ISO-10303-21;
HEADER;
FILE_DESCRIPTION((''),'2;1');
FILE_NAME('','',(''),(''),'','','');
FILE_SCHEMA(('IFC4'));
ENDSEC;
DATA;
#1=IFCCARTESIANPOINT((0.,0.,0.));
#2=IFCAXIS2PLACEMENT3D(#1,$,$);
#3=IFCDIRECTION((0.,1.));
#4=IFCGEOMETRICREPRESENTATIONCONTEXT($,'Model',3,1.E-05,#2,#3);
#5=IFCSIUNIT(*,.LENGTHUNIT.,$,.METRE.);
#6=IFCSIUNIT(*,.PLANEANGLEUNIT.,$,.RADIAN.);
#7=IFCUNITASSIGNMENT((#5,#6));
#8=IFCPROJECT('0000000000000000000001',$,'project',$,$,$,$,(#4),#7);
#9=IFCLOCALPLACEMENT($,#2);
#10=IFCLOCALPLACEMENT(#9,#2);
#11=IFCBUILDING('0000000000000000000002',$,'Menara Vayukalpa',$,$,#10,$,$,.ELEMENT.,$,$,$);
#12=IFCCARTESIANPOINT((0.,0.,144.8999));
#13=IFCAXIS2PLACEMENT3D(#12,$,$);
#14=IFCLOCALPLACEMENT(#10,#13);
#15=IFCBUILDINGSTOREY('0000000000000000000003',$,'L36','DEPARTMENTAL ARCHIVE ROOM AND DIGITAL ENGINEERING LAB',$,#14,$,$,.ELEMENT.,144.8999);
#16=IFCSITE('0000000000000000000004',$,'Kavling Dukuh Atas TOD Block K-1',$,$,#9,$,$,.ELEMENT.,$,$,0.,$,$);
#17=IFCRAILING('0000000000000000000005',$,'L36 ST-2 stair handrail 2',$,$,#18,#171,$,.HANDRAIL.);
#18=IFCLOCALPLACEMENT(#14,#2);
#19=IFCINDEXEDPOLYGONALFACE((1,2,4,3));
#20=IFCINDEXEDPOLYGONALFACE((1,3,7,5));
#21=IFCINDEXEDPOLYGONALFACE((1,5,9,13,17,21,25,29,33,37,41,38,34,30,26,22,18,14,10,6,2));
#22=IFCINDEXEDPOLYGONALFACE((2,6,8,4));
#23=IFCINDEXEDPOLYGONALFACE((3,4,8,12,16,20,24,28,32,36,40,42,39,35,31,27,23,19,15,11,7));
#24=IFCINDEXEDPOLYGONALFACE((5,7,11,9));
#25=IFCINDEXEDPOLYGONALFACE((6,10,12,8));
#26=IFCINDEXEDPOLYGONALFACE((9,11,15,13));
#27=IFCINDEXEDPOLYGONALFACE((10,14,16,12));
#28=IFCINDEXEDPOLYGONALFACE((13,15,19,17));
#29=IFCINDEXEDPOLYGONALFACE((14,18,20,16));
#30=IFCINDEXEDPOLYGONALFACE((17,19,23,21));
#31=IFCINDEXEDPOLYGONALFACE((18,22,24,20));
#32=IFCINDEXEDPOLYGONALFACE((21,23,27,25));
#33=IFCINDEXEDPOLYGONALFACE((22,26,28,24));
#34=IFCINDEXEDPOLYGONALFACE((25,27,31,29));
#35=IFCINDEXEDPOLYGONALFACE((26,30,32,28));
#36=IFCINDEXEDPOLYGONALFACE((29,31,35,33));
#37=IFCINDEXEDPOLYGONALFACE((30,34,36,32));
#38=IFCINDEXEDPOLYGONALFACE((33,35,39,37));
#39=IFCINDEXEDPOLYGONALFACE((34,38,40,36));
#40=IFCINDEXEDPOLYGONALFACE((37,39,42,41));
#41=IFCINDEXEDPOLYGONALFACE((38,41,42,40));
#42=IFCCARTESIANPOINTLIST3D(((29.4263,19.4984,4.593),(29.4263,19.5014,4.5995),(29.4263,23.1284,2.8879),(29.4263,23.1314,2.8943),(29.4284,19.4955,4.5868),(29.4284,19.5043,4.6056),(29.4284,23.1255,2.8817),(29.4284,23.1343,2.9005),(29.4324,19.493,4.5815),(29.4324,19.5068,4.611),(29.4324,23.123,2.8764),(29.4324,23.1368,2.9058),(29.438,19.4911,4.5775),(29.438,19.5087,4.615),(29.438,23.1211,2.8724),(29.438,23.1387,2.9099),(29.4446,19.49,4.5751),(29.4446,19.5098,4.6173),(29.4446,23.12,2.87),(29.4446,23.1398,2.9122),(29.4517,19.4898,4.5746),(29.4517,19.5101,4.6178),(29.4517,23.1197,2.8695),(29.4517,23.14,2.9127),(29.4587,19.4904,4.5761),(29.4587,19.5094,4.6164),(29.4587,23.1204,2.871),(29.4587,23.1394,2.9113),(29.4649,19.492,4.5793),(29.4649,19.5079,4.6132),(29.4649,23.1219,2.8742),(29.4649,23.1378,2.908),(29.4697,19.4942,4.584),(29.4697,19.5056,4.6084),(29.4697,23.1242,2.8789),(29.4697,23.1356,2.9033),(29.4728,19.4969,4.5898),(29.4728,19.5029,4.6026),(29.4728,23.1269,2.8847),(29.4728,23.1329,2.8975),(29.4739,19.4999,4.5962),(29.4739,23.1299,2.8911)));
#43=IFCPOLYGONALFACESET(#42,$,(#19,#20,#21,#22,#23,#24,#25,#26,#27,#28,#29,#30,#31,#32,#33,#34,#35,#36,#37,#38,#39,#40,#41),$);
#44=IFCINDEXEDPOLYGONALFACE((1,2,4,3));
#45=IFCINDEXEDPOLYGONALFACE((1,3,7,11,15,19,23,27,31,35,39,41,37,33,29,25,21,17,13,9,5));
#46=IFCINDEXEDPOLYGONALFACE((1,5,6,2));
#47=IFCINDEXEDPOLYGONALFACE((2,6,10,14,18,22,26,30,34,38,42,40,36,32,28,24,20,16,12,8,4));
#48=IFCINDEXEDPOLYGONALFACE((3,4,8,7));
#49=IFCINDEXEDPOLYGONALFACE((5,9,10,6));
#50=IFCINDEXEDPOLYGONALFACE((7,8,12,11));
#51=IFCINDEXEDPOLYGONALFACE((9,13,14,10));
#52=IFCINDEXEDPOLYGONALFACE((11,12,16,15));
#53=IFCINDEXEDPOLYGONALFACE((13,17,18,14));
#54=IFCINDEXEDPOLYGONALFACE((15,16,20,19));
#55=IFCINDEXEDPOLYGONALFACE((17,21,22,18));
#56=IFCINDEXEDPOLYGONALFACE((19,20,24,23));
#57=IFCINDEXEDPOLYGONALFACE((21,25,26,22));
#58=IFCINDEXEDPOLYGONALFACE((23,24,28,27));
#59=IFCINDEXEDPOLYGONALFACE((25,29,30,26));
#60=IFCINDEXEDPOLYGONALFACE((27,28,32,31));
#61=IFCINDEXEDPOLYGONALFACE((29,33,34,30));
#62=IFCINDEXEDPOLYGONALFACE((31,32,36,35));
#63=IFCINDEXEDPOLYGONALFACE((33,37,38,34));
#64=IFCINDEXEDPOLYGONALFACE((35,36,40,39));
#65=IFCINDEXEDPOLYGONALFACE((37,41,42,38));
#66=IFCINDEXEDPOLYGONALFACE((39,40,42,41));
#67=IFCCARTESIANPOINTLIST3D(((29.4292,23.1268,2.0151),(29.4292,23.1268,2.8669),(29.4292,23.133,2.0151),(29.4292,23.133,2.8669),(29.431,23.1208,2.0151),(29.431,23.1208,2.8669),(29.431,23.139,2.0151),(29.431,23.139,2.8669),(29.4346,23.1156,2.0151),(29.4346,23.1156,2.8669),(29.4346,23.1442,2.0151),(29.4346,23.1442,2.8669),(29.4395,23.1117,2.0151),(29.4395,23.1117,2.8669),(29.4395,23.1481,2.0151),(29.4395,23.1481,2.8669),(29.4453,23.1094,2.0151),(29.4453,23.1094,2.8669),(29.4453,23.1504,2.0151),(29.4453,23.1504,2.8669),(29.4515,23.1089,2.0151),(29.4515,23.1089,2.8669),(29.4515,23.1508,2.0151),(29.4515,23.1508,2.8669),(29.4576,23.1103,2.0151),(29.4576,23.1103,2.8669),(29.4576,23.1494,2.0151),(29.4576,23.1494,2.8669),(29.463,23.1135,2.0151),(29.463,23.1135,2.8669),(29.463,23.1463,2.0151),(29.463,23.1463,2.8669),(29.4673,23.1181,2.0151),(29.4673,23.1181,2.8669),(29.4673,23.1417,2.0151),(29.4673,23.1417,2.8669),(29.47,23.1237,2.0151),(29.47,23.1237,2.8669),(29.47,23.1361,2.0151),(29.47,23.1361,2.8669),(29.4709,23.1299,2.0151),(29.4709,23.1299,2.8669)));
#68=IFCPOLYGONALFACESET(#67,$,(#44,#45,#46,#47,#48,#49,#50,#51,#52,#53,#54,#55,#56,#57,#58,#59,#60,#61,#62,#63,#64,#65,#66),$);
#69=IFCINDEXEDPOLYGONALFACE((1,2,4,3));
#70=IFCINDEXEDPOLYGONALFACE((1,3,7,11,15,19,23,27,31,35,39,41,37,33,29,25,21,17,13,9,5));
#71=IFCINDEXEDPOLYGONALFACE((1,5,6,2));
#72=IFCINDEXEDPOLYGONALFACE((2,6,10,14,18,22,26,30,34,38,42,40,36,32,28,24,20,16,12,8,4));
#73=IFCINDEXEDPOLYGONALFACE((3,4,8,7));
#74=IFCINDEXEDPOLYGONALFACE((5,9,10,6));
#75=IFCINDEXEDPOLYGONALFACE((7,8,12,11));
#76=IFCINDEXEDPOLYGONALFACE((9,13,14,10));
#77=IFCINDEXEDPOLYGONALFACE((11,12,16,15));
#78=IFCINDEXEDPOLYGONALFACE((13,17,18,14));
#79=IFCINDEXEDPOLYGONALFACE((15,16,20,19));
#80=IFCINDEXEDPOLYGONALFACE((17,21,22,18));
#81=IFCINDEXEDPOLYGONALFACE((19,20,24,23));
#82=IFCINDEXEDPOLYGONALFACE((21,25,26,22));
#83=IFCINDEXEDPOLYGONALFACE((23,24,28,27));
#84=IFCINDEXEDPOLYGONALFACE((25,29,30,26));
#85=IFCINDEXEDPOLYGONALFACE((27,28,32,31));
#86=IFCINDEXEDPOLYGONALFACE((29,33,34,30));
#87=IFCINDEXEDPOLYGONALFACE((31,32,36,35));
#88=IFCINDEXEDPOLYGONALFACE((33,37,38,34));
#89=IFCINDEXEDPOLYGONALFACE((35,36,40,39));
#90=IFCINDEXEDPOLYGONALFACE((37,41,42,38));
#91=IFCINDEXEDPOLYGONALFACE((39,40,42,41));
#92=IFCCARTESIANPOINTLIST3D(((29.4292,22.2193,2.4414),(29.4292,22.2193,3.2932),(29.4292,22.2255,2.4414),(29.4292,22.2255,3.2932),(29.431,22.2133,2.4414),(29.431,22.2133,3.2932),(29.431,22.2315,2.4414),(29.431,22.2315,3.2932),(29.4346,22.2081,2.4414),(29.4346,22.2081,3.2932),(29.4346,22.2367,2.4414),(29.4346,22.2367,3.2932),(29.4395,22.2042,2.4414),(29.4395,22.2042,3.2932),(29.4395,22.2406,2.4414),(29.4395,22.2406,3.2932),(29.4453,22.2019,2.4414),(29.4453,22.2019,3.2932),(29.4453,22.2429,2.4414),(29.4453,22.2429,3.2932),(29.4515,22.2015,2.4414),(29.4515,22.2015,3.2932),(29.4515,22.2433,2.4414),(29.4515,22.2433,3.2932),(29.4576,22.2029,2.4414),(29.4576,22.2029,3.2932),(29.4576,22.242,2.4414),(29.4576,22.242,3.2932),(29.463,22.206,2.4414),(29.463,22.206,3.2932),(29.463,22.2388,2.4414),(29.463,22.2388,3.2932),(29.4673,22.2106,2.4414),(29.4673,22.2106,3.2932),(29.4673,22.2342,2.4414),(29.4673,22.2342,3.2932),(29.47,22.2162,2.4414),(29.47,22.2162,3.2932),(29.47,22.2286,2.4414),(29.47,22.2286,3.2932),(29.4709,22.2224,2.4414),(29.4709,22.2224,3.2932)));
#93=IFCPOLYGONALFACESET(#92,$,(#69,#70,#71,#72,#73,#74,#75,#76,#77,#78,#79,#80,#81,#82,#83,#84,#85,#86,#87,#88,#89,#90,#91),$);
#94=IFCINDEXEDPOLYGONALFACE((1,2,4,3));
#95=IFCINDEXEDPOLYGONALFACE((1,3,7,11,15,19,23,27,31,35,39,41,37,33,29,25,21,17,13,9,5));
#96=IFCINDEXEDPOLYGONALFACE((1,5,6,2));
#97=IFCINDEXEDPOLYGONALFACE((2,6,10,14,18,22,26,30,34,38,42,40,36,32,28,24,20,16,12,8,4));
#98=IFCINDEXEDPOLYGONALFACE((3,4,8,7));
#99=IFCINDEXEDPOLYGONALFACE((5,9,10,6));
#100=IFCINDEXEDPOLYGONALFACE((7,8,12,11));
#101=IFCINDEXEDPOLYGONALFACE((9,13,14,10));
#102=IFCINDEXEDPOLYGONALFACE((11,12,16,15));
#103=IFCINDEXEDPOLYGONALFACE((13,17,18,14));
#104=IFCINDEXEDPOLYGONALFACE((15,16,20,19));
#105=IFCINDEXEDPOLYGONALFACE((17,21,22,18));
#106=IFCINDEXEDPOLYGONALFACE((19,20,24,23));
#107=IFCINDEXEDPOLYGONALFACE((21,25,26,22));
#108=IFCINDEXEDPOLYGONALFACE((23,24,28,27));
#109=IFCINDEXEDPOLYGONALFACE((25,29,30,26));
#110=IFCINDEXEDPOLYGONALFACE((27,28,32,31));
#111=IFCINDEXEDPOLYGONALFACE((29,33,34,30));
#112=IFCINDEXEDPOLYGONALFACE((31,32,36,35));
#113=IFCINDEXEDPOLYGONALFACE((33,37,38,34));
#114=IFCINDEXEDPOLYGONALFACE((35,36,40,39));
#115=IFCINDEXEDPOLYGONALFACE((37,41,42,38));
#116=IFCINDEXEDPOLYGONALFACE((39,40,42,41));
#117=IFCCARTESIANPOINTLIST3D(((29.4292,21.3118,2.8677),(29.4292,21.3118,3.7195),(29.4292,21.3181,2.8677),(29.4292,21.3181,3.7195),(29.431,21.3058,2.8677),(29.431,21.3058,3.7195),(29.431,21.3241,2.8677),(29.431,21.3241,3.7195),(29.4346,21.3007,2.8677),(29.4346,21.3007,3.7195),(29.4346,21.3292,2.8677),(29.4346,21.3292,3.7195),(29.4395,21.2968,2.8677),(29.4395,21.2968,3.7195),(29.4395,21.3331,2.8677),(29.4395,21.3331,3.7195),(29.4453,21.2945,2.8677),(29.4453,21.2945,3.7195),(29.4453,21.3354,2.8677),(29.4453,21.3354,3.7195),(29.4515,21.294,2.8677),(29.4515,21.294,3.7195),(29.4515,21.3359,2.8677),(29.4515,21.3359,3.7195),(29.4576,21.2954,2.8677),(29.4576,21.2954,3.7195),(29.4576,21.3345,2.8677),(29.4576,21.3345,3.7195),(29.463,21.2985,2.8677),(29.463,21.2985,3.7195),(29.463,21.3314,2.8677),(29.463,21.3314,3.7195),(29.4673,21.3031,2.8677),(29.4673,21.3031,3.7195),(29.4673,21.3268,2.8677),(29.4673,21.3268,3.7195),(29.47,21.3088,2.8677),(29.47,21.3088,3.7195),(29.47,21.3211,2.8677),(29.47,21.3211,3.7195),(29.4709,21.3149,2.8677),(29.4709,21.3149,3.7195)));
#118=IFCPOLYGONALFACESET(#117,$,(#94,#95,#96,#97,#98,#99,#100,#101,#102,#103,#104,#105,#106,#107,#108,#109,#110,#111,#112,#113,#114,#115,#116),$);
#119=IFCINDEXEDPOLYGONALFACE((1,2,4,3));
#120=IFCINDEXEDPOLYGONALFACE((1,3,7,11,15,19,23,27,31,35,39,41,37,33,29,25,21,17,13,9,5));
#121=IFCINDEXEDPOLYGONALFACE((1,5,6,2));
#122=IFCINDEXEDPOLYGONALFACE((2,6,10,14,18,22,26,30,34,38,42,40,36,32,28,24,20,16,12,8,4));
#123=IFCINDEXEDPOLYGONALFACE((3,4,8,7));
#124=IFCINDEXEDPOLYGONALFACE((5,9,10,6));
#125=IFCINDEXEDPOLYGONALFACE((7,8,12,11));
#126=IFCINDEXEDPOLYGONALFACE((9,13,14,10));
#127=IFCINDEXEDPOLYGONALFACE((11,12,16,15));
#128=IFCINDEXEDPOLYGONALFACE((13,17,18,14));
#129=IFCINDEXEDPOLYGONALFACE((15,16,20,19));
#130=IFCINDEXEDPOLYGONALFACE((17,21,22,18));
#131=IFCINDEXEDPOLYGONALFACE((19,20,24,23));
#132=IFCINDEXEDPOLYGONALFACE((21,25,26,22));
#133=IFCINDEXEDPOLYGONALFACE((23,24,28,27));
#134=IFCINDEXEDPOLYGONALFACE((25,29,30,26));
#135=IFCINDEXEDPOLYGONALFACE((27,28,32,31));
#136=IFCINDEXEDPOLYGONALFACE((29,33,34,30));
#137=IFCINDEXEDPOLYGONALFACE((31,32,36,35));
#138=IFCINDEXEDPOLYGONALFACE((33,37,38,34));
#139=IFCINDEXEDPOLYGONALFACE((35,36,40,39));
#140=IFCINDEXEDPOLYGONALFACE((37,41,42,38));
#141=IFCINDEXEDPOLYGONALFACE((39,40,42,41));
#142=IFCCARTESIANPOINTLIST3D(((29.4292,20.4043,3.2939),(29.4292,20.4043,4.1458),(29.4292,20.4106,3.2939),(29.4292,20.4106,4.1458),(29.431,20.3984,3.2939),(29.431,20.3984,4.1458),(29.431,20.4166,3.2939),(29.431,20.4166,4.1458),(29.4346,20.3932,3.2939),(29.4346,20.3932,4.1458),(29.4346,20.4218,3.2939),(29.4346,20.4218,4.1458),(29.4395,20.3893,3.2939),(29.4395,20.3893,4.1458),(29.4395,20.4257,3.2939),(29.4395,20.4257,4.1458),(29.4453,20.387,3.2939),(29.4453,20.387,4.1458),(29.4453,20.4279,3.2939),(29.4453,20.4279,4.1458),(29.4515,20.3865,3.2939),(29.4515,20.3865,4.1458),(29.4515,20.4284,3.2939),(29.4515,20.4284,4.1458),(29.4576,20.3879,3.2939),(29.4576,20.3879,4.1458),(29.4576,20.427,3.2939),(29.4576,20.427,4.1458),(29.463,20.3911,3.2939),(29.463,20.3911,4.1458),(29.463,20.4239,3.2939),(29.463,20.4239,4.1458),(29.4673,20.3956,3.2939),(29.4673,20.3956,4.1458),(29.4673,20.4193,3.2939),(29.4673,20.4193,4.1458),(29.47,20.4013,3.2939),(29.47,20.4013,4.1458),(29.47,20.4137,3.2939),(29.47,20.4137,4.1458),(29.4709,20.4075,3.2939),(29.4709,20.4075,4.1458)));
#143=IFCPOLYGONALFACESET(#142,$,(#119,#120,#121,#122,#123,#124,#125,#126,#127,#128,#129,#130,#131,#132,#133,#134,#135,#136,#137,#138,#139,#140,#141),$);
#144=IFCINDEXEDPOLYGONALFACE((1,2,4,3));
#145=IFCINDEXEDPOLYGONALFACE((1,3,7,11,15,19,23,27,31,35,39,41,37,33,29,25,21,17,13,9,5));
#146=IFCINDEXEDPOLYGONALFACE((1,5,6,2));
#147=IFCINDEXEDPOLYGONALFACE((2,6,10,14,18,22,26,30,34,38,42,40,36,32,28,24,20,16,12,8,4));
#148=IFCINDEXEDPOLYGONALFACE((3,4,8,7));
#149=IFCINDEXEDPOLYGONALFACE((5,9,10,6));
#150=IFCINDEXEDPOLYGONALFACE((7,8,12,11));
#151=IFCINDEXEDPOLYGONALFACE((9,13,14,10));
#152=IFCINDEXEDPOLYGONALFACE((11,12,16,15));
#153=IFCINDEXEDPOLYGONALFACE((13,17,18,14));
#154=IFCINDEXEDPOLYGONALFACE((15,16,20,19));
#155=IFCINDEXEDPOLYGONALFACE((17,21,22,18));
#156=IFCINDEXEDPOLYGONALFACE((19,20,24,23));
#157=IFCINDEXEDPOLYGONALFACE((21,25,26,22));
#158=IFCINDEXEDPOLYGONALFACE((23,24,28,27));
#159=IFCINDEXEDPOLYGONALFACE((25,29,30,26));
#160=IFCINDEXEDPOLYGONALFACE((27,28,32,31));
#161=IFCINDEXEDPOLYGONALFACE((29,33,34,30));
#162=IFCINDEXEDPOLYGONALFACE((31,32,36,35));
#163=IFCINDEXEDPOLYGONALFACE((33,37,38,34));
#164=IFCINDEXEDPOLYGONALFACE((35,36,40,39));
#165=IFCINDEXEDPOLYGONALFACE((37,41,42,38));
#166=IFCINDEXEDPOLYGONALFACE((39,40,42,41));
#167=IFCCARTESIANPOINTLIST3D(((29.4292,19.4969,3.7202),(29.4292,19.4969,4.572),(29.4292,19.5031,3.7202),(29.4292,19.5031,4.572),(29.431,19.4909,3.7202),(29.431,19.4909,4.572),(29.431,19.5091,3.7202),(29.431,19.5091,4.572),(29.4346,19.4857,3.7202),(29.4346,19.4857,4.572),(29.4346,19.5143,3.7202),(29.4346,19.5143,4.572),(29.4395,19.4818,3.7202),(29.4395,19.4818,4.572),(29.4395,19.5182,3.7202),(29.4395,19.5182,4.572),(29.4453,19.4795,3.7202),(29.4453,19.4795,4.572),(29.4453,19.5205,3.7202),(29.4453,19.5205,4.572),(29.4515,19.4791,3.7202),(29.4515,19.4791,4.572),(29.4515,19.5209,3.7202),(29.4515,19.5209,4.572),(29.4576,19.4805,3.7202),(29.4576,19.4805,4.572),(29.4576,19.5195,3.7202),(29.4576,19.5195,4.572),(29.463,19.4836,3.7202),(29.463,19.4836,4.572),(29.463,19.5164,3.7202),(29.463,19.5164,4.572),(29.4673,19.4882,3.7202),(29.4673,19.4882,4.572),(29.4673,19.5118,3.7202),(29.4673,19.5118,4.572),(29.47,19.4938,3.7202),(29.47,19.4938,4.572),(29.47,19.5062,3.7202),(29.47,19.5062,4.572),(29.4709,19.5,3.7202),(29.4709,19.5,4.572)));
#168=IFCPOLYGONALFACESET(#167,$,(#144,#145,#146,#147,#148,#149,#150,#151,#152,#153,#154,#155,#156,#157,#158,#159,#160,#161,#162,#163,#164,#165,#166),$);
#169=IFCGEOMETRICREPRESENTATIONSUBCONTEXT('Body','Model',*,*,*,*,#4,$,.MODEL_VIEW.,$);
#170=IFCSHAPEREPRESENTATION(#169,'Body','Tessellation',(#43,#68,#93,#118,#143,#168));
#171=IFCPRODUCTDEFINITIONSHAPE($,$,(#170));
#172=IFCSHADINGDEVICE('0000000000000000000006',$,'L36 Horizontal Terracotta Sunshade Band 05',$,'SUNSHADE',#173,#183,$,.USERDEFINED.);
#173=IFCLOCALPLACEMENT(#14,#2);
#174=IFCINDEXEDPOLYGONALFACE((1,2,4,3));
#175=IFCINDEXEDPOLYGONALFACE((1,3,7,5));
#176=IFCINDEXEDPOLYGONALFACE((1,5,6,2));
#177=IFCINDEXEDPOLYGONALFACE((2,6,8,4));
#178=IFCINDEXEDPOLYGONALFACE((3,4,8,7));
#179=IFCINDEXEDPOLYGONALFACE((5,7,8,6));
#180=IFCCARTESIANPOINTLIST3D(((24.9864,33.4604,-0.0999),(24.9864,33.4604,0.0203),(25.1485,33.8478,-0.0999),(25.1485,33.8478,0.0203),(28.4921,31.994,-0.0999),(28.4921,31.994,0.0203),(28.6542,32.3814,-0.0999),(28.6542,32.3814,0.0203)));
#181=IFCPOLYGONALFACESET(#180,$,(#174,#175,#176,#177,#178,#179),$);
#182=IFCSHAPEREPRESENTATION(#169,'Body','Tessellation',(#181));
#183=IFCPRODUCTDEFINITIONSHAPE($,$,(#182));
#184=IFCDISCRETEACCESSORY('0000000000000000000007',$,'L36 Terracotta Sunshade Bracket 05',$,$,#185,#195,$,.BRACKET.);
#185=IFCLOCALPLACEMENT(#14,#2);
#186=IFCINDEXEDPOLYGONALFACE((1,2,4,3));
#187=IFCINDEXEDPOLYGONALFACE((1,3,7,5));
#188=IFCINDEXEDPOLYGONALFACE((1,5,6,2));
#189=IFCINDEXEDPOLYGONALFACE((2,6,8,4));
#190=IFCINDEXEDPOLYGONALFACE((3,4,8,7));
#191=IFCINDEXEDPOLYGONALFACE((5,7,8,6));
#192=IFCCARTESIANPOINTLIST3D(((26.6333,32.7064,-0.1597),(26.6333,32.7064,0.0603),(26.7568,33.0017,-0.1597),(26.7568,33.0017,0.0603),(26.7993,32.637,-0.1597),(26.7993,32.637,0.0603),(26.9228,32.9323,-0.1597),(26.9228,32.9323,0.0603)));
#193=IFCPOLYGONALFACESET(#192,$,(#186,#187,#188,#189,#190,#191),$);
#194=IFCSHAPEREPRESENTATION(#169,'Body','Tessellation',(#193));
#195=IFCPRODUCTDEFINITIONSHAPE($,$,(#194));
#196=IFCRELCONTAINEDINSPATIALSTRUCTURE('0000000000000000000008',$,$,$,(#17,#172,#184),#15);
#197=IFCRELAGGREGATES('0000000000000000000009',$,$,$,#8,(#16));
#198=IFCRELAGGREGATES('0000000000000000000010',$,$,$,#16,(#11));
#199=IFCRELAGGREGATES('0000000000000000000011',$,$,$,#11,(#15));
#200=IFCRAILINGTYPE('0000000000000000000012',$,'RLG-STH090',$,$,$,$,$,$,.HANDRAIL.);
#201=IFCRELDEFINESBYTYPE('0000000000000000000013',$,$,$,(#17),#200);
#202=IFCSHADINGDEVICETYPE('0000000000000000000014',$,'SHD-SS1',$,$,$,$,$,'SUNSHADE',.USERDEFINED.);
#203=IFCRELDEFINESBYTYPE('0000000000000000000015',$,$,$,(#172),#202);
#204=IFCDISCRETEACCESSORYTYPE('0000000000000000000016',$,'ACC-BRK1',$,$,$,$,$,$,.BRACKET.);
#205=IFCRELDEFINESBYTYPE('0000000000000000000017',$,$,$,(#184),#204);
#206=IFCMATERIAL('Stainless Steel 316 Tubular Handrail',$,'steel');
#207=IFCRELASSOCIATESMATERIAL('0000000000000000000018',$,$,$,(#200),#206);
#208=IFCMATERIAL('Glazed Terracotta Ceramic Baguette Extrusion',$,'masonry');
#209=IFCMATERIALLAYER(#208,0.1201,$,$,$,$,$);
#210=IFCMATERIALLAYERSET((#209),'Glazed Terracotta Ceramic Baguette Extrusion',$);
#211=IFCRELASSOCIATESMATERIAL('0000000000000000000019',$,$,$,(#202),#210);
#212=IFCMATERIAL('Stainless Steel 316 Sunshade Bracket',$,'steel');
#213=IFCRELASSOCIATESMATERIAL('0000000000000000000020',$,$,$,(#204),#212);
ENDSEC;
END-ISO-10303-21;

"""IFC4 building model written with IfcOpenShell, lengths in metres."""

from ifc_helpers import new_model, si_unit, direction, frame, origin, origin_2d, place, context, subcontext, project, spatial, rectangle, circle, extrude, material, layer, layer_set, type_object, element, save


model = new_model("IFC4")

# Units and contexts
model_context = context("Model", 3, precision=1e-05, world=origin(), true_north=direction((0.0, 1.0)))
body_context = subcontext(model_context, "Body", "Model", "MODEL_VIEW")
ifc_project = project(units=[si_unit("LENGTHUNIT", "METRE"), si_unit("PLANEANGLEUNIT", "RADIAN")], contexts=[model_context])

# Site, building, storey
site_placement = place(None, origin())
site = spatial("IfcSite", under=ifc_project, at=site_placement, Name="Kavling Dukuh Atas TOD Block K-1", CompositionType="ELEMENT", RefElevation=0.0)
building_placement = place(site_placement, origin())
building = spatial("IfcBuilding", under=site, at=building_placement, Name="Menara Vayukalpa", CompositionType="ELEMENT")
storey_placement = place(building_placement, frame((0.0, 0.0, 144.8999)))
storey = spatial("IfcBuildingStorey", under=building, at=storey_placement, Name="L36", Description="DEPARTMENTAL ARCHIVE ROOM AND DIGITAL ENGINEERING LAB", CompositionType="ELEMENT", Elevation=144.8999)

# Railing
ifc_material_1 = material(Name="Stainless Steel 316 Tubular Handrail", Category="steel")
railing_type = type_object("IfcRailingType", Name="RLG-STH090", PredefinedType="HANDRAIL", material=ifc_material_1)
railing_placement = place(storey_placement, frame((29.45, 23.1299, 2.0151)))
element("IfcRailing", 1, at=railing_placement, inside=storey, type_object=railing_type, Name="L36 ST-2 stair handrail 2", PredefinedType="HANDRAIL", context=body_context, shape_type="SweptSolid", body=[
    extrude(circle(Radius=0.0239, at=origin_2d()), frame((0.0, 0.0, 0.876), z_axis=(0.0, -0.905116, 0.425164), x_axis=(1.0, 0.0, 0.0)), (0.0, 0.0, 1.0), 4.0105),
    extrude(circle(Radius=0.021, at=origin_2d()), origin(), (0.0, 0.0, 1.0), 0.8518),
    extrude(circle(Radius=0.021, at=origin_2d()), frame((0.0, -0.9075, 0.4263)), (0.0, 0.0, 1.0), 0.8518),
    extrude(circle(Radius=0.021, at=origin_2d()), frame((0.0, -1.8149, 0.8525)), (0.0, 0.0, 1.0), 0.8518),
    extrude(circle(Radius=0.021, at=origin_2d()), frame((0.0, -2.7224, 1.2788)), (0.0, 0.0, 1.0), 0.8518),
    extrude(circle(Radius=0.021, at=origin_2d()), frame((0.0, -3.6299, 1.7051)), (0.0, 0.0, 1.0), 0.8518),
])

# Shading device
ifc_material_2 = material(Name="Glazed Terracotta Ceramic Baguette Extrusion", Category="masonry")
ifc_layer_1 = layer(ifc_material_2, 0.1201)
ifc_layer_set_1 = layer_set([ifc_layer_1], Name="Glazed Terracotta Ceramic Baguette Extrusion")
shading_device_type = type_object("IfcShadingDeviceType", Name="SHD-SS1", ElementType="SUNSHADE", PredefinedType="USERDEFINED", material=ifc_layer_set_1)
shading_device_placement = place(storey_placement, frame((26.8203, 32.9209, -0.0999), z_axis=(0.0, 0.0, 1.0), x_axis=(-0.922545, 0.38589, 0.0)))
element("IfcShadingDevice", 2, at=shading_device_placement, inside=storey, type_object=shading_device_type, Name="L36 Horizontal Terracotta Sunshade Band 05", ObjectType="SUNSHADE", PredefinedType="USERDEFINED", context=body_context, shape_type="SweptSolid", body=[
    extrude(rectangle(XDim=3.8, YDim=0.4199, at=origin_2d()), origin(), (0.0, 0.0, 1.0), 0.1201),
])

# Discrete accessory
ifc_material_3 = material(Name="Stainless Steel 316 Sunshade Bracket", Category="steel")
discrete_accessory_type = type_object("IfcDiscreteAccessoryType", Name="ACC-BRK1", PredefinedType="BRACKET", material=ifc_material_3)
discrete_accessory_placement = place(storey_placement, frame((26.7781, 32.8193, -0.1597), z_axis=(0.0, 0.0, 1.0), x_axis=(-0.922545, 0.38589, 0.0)))
element("IfcDiscreteAccessory", 3, at=discrete_accessory_placement, inside=storey, type_object=discrete_accessory_type, Name="L36 Terracotta Sunshade Bracket 05", PredefinedType="BRACKET", context=body_context, shape_type="SweptSolid", body=[
    extrude(rectangle(XDim=0.1799, YDim=0.3201, at=origin_2d()), origin(), (0.0, 0.0, 1.0), 0.22),
])

save(model, "model.ifc")
